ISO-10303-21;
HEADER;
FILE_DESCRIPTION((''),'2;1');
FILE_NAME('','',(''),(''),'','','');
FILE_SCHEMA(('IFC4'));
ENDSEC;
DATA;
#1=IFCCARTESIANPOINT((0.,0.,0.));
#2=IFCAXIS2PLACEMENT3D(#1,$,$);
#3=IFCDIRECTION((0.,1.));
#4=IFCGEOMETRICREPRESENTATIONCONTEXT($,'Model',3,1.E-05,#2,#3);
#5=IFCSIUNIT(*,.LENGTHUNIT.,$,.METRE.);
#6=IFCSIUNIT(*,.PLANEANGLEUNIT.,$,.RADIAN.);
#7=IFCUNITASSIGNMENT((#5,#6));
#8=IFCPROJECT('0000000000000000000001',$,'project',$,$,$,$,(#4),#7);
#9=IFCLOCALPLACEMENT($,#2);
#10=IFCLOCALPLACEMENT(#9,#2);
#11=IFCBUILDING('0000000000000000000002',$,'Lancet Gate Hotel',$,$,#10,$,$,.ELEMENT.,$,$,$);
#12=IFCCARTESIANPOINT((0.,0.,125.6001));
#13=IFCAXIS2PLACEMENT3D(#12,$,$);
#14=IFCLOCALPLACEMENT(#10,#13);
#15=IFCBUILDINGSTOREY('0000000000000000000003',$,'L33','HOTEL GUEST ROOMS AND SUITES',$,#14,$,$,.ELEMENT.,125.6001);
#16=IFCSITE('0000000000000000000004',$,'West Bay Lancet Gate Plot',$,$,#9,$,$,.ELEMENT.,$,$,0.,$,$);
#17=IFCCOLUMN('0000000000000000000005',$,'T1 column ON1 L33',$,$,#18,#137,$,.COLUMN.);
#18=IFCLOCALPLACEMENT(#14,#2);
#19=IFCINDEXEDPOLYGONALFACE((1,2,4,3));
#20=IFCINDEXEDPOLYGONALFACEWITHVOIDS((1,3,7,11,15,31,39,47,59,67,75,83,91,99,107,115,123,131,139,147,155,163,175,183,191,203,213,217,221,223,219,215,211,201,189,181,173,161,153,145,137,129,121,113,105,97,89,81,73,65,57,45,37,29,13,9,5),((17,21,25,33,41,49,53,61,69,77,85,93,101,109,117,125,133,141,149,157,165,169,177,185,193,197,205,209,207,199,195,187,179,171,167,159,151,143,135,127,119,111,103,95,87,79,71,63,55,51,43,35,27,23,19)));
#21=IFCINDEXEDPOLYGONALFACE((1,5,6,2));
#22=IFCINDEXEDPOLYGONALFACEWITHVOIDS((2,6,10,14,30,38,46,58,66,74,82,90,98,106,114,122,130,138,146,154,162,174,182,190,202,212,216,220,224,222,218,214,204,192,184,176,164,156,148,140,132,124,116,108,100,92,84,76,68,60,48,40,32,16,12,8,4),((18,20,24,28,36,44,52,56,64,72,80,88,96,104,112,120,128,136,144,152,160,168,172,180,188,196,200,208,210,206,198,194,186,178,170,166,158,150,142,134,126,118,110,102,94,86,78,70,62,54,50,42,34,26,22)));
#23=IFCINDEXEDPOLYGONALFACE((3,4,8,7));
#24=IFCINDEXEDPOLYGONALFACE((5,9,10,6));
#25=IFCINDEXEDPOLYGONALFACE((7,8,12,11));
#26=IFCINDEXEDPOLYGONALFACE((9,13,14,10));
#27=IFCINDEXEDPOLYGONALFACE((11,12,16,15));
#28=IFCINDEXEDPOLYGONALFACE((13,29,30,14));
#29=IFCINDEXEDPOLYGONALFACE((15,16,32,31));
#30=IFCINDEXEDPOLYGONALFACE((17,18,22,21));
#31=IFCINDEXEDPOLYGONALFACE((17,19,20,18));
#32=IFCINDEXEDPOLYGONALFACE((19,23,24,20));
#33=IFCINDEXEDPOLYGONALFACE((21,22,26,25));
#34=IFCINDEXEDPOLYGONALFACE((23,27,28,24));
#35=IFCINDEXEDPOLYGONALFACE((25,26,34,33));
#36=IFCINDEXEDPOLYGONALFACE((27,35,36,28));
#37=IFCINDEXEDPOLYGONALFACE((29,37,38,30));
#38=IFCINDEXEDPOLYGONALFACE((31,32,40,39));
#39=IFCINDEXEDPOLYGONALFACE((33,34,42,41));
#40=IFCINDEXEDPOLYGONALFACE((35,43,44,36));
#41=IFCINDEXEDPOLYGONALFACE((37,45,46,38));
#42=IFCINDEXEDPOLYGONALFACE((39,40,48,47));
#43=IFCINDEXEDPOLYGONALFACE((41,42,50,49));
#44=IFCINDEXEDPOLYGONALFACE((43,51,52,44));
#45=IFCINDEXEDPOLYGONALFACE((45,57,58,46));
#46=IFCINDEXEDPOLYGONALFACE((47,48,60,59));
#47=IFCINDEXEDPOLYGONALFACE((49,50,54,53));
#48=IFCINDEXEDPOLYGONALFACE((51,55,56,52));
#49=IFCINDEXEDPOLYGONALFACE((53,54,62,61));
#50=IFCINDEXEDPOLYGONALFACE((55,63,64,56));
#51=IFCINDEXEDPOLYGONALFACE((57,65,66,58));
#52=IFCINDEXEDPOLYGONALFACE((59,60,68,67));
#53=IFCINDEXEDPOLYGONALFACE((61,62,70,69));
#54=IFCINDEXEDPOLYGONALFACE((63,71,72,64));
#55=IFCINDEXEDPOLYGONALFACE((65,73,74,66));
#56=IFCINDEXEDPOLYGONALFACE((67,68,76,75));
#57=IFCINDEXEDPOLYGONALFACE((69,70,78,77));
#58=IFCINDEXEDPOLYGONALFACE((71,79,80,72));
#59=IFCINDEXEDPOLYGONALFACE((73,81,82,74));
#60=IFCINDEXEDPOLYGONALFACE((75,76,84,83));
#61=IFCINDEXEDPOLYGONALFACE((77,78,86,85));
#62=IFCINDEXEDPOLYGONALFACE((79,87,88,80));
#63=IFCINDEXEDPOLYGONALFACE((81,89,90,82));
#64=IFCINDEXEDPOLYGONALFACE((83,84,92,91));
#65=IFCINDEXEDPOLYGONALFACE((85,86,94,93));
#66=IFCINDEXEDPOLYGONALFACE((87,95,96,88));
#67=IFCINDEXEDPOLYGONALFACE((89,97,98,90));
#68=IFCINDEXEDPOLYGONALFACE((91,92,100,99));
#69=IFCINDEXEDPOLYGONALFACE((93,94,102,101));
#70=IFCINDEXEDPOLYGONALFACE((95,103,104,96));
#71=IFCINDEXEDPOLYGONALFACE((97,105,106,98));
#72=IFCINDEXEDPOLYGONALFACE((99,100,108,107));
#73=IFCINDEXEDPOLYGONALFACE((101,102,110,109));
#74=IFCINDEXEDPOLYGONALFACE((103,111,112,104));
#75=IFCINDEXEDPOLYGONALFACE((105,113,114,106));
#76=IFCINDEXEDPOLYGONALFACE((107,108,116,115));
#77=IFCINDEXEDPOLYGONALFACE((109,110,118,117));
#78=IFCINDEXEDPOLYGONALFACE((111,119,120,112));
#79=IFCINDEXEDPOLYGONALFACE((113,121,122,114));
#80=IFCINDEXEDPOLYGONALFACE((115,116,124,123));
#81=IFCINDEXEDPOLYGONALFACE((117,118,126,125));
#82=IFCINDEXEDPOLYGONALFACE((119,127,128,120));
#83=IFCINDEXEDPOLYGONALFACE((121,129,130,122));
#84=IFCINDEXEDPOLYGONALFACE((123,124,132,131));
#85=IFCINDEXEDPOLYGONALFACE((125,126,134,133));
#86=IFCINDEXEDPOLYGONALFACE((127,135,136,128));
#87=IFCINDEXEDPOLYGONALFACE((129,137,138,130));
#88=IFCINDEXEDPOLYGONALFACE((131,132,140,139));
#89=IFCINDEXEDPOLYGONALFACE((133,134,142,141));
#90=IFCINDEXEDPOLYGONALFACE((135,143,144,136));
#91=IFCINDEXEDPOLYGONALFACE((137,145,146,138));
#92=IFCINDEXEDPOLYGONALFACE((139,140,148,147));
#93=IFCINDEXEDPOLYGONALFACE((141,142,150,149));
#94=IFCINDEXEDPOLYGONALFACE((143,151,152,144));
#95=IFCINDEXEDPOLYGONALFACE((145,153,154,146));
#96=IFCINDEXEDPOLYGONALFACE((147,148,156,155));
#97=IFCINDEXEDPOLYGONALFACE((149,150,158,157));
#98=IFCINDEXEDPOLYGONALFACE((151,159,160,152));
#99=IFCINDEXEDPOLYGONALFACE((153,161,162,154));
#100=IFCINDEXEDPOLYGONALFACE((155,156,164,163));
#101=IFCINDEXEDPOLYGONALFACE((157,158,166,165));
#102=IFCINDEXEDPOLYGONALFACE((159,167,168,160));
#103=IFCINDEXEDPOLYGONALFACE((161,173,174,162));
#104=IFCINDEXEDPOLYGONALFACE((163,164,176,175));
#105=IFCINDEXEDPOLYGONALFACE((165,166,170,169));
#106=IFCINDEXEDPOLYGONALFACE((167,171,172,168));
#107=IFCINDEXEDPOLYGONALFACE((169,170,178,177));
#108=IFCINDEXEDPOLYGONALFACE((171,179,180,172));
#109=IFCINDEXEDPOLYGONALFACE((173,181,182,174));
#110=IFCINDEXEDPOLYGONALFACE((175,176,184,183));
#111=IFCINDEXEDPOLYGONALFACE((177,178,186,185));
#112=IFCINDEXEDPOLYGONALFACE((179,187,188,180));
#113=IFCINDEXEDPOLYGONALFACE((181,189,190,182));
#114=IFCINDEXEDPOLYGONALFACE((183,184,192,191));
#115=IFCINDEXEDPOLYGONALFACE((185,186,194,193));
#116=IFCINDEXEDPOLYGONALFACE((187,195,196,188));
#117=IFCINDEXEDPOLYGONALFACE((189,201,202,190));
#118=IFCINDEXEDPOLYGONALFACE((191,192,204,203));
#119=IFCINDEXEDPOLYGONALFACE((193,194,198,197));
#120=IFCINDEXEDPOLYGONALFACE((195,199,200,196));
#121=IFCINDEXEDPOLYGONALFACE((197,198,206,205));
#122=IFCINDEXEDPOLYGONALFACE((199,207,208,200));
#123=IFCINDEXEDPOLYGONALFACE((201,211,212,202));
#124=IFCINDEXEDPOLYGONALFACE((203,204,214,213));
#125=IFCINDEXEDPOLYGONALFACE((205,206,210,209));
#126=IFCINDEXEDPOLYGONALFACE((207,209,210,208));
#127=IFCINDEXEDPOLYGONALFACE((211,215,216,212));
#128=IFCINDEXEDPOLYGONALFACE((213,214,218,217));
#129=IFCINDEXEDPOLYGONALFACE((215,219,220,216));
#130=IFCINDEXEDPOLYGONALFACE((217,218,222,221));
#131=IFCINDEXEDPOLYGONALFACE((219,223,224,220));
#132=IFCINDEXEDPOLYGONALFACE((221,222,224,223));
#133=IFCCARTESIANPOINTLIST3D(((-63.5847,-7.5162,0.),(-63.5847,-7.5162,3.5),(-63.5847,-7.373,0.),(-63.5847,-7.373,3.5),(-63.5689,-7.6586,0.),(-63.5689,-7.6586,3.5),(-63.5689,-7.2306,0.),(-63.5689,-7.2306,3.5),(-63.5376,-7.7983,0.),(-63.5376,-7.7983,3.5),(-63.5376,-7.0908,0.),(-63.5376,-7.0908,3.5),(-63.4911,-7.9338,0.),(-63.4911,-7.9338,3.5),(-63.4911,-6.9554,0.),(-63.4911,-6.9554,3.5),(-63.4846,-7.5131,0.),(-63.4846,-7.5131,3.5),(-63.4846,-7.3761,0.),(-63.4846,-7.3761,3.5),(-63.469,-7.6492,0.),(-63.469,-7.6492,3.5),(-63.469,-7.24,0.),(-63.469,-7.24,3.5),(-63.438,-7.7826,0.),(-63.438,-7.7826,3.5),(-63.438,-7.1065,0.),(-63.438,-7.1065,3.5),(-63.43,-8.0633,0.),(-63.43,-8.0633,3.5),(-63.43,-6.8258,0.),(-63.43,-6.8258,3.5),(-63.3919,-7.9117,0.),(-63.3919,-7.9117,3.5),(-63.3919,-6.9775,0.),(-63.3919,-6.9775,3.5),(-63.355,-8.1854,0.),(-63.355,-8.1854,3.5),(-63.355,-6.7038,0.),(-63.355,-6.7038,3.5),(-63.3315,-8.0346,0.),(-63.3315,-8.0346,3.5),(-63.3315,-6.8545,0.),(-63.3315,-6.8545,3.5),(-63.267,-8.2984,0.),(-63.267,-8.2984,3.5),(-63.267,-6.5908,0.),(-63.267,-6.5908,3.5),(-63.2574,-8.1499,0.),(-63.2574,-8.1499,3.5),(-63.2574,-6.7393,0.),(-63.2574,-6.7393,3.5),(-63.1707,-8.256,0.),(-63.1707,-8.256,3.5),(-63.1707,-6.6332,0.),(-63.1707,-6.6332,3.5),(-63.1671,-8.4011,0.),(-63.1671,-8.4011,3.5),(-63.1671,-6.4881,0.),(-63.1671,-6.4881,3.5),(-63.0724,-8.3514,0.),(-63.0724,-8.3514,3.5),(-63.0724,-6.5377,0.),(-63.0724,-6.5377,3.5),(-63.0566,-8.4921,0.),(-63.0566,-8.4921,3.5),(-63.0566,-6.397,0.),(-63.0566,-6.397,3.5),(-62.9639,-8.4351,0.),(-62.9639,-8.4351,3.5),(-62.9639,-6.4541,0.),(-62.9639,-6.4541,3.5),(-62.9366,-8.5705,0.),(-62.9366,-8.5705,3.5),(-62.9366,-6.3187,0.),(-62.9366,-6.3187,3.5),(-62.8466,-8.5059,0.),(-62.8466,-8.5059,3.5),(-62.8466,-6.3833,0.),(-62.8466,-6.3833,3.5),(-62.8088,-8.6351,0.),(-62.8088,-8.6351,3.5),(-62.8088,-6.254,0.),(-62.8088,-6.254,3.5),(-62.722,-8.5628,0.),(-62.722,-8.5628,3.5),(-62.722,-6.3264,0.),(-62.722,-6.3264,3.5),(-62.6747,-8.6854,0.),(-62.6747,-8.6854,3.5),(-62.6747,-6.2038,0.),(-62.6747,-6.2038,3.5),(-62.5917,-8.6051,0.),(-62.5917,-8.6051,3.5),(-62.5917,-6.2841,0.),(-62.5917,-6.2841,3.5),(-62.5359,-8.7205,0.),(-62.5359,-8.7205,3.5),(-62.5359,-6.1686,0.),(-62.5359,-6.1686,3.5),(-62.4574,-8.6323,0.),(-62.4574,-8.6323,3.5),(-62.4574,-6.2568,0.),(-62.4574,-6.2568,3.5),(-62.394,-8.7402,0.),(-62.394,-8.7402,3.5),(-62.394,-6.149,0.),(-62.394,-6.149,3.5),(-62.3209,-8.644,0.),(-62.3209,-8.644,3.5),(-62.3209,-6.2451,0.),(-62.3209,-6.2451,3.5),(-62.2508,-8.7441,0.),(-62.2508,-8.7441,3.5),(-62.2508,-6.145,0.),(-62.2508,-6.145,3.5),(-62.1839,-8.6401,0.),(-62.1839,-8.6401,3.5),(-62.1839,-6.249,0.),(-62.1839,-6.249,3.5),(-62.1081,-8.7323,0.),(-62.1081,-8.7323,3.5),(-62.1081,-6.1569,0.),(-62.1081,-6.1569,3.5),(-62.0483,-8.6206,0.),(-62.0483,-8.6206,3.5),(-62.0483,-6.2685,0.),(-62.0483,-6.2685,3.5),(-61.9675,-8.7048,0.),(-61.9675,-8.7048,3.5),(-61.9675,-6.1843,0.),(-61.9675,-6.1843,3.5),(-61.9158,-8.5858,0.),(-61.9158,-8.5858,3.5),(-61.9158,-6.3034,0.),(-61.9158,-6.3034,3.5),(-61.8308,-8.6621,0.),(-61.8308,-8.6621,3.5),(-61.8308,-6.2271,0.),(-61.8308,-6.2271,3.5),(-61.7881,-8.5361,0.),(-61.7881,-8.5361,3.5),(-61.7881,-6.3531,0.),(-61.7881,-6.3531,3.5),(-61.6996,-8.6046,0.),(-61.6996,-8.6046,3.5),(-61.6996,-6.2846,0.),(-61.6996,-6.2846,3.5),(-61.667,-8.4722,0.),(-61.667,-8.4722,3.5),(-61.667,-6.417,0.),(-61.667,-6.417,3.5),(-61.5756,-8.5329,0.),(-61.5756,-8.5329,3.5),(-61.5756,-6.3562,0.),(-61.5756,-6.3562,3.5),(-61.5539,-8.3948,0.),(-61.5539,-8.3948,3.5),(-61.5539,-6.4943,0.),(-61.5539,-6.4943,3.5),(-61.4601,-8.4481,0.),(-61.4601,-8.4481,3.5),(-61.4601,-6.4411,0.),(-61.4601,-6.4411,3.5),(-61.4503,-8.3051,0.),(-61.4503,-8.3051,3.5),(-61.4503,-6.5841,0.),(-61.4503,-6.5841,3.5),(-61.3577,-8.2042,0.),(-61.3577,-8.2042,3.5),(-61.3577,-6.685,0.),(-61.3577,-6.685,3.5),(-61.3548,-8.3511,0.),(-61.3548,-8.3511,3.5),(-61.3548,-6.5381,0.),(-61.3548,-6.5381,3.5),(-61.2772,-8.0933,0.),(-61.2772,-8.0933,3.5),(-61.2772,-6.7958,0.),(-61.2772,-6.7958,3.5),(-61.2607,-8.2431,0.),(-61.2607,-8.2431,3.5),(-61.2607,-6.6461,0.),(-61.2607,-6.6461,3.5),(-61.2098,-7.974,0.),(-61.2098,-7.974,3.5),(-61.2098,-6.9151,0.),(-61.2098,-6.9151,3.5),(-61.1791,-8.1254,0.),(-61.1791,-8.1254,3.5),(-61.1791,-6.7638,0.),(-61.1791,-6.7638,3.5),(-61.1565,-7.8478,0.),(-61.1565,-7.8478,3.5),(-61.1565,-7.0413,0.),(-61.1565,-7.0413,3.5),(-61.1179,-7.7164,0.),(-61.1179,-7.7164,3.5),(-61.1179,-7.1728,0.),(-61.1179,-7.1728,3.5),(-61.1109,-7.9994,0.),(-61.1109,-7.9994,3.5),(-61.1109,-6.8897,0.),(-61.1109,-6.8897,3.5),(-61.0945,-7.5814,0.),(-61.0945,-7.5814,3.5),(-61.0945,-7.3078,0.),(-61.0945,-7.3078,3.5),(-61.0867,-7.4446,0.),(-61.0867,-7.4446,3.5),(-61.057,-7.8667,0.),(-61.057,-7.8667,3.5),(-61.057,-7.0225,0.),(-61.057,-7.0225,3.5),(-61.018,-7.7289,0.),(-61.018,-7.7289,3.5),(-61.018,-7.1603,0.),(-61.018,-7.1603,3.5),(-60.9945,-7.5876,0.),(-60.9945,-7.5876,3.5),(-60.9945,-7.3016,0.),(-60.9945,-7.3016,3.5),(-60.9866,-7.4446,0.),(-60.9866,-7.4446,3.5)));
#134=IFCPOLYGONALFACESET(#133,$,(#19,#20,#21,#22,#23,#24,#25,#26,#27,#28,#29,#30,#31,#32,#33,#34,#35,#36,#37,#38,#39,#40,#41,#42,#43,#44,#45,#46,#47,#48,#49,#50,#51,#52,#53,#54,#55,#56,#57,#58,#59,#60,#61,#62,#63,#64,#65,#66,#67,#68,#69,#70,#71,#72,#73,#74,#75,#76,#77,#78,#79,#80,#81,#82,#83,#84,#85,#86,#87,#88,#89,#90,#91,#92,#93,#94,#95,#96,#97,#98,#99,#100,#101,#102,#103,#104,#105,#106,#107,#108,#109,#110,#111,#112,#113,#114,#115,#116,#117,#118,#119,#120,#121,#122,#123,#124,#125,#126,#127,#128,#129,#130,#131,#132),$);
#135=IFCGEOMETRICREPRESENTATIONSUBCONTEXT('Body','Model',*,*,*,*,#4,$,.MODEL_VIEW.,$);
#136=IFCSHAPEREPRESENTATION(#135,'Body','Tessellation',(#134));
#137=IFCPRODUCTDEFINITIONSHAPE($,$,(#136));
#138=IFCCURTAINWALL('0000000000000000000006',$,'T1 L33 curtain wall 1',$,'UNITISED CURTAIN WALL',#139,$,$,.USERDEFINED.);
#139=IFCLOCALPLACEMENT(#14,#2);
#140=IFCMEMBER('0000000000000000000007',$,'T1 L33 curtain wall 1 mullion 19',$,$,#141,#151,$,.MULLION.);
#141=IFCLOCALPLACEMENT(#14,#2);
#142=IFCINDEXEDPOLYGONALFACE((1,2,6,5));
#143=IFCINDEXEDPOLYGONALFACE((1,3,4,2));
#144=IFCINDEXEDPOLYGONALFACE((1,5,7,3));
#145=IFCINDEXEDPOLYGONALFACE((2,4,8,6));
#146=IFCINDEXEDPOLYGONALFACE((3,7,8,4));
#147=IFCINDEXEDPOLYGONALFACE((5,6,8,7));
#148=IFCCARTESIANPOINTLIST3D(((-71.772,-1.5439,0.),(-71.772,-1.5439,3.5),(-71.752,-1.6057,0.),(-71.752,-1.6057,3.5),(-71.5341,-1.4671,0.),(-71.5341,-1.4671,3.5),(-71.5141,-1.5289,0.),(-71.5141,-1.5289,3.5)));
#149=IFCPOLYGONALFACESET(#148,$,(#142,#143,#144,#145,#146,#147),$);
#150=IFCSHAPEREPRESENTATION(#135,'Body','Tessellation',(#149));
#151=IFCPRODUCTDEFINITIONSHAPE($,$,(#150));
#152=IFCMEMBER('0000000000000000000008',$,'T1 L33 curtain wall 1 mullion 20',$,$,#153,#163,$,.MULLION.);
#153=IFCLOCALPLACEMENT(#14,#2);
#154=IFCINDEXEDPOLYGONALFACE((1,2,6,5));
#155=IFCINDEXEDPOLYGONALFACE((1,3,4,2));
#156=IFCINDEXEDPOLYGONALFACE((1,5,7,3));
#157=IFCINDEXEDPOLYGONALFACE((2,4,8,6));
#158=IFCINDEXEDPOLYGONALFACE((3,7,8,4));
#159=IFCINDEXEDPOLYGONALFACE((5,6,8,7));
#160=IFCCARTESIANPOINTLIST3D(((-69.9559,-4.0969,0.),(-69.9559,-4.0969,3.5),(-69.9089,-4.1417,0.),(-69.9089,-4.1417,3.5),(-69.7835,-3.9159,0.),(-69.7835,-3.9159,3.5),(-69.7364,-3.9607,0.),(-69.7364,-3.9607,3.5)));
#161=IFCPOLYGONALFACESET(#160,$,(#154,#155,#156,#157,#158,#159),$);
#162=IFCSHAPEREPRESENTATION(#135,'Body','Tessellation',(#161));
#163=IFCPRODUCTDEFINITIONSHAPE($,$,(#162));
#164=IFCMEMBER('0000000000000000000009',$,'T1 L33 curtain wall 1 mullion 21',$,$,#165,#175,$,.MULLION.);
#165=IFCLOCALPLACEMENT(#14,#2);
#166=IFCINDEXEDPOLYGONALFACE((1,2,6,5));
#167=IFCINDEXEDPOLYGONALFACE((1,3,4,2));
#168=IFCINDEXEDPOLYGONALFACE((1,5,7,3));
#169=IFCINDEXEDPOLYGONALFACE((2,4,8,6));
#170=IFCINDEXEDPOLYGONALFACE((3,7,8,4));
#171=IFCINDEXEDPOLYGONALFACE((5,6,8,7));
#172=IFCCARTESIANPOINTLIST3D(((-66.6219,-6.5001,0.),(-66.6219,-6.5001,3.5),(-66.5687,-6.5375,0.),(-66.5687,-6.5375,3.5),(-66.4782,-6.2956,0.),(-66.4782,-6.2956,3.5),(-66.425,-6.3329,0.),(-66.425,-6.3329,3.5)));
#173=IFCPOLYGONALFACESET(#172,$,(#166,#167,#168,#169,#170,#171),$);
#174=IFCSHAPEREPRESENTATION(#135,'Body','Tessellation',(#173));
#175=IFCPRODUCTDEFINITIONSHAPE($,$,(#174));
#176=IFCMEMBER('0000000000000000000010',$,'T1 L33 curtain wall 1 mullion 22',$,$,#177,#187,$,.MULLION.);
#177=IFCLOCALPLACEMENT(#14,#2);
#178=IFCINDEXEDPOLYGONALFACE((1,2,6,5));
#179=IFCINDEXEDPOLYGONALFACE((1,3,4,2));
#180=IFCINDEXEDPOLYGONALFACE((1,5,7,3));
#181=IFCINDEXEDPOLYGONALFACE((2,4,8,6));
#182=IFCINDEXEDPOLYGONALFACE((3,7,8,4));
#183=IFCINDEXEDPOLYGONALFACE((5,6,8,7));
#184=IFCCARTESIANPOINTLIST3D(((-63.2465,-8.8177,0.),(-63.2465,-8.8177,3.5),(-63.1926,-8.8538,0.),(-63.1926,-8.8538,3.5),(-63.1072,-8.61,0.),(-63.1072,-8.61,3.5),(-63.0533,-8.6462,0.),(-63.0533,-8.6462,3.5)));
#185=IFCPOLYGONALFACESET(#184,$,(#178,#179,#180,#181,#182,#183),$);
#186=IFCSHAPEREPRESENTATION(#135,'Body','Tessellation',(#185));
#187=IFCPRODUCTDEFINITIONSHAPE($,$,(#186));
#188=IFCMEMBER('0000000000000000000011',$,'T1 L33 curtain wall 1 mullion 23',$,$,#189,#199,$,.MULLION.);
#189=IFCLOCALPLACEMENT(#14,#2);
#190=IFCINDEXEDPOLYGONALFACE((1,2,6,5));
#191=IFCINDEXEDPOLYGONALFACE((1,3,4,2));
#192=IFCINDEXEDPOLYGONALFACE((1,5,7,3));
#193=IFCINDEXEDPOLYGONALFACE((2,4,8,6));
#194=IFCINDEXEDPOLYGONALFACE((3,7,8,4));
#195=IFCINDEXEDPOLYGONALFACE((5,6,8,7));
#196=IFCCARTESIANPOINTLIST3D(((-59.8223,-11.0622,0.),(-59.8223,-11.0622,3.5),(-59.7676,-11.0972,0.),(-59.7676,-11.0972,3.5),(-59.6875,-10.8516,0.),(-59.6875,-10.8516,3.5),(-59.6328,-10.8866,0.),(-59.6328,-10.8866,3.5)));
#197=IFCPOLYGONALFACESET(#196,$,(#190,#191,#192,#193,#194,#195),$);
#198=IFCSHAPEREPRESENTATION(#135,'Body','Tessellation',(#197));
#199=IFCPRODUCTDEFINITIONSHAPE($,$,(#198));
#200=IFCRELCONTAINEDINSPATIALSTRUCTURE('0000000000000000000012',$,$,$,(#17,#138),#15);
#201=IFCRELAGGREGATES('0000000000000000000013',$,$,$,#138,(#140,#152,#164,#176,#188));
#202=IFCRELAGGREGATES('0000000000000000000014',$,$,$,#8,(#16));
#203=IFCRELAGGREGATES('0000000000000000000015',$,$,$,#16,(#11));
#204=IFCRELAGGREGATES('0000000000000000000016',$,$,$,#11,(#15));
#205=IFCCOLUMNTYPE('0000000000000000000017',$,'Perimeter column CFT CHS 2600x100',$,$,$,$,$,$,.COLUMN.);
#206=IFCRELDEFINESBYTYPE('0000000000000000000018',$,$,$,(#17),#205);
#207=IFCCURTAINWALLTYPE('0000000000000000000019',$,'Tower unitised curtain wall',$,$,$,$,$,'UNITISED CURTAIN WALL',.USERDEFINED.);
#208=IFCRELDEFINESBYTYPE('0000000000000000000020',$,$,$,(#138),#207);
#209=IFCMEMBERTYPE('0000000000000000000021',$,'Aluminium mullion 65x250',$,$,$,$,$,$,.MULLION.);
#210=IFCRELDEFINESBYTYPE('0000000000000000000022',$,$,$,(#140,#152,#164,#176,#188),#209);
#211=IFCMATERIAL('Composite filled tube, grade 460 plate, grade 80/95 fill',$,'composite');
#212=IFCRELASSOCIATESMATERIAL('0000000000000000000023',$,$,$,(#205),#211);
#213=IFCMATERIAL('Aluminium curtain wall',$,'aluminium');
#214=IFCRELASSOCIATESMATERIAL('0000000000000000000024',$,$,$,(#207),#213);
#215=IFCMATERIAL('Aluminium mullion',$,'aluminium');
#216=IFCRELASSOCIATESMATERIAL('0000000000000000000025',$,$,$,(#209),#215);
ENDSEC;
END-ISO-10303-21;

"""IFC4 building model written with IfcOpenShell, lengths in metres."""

from ifc_helpers import new_model, si_unit, direction, frame, origin, origin_2d, place, context, subcontext, project, spatial, rectangle, hollow_circle, extrude, material, material_profile, profile_set, type_object, element, aggregate, save


model = new_model("IFC4")

# Units and contexts
model_context = context("Model", 3, precision=1e-05, world=origin(), true_north=direction((0.0, 1.0)))
body_context = subcontext(model_context, "Body", "Model", "MODEL_VIEW")
ifc_project = project(units=[si_unit("LENGTHUNIT", "METRE"), si_unit("PLANEANGLEUNIT", "RADIAN")], contexts=[model_context])

# Site, building, storey
site_placement = place(None, origin())
site = spatial("IfcSite", under=ifc_project, at=site_placement, Name="West Bay Lancet Gate Plot", CompositionType="ELEMENT", RefElevation=0.0)
building_placement = place(site_placement, origin())
building = spatial("IfcBuilding", under=site, at=building_placement, Name="Lancet Gate Hotel", CompositionType="ELEMENT")
storey_placement = place(building_placement, frame((0.0, 0.0, 125.6001)))
storey = spatial("IfcBuildingStorey", under=building, at=storey_placement, Name="L33", Description="HOTEL GUEST ROOMS AND SUITES", CompositionType="ELEMENT", Elevation=125.6001)

# Column
ifc_material_1 = material(Name="Composite filled tube, grade 460 plate, grade 80/95 fill", Category="composite")
ifc_material_profile_1 = material_profile(ifc_material_1, hollow_circle(Radius=1.3, WallThickness=0.1001, at=origin_2d()), Name="CHS 2600x100")
ifc_profile_set_1 = profile_set([ifc_material_profile_1], Name="Composite filled tube, grade 460 plate, grade 80/95 fill")
column_type_1 = type_object("IfcColumnType", Name="Perimeter column CFT CHS 2600x100", PredefinedType="COLUMN", material=ifc_profile_set_1)
column_1_placement = place(storey_placement, frame((-62.2866, -7.4446, 0.0), z_axis=(0.0, 0.0, 1.0), x_axis=(1.0, 0.0, 0.0)))
element("IfcColumn", 1, at=column_1_placement, inside=storey, type_object=column_type_1, Name="T1 column ON1 L33", PredefinedType="COLUMN", context=body_context, shape_type="SweptSolid", body=[
    extrude(hollow_circle(Radius=1.3, WallThickness=0.1001, at=origin_2d()), origin(), (0.0, 0.0, 1.0), 3.5),
])

# Curtain wall, members
ifc_material_2 = material(Name="Aluminium curtain wall", Category="aluminium")
curtain_wall_type = type_object("IfcCurtainWallType", Name="Tower unitised curtain wall", ElementType="UNITISED CURTAIN WALL", PredefinedType="USERDEFINED", material=ifc_material_2)
curtain_wall_placement = place(storey_placement, origin())
curtain_wall = element("IfcCurtainWall", 2, at=curtain_wall_placement, inside=storey, type_object=curtain_wall_type, Name="T1 L33 curtain wall 1", ObjectType="UNITISED CURTAIN WALL", PredefinedType="USERDEFINED")
ifc_material_3 = material(Name="Aluminium mullion", Category="aluminium")
ifc_material_profile_2 = material_profile(ifc_material_3, rectangle(XDim=0.0649, YDim=0.25, at=origin_2d()), Name="MULLION 65x250")
ifc_profile_set_2 = profile_set([ifc_material_profile_2], Name="Aluminium mullion")
member_type_1 = type_object("IfcMemberType", Name="Aluminium mullion 65x250", PredefinedType="MULLION", material=ifc_profile_set_2)
member_1_placement = place(storey_placement, frame((-71.6431, -1.5364, 0.0), z_axis=(0.0, 0.0, 1.0), x_axis=(0.307269, -0.951623, 0.0)))
member_1 = element("IfcMember", 3, at=member_1_placement, type_object=member_type_1, Name="T1 L33 curtain wall 1 mullion 19", PredefinedType="MULLION", context=body_context, shape_type="SweptSolid", body=[
    extrude(rectangle(XDim=0.0649, YDim=0.25, at=origin_2d()), origin(), (0.0, 0.0, 1.0), 3.5),
])
member_2_placement = place(storey_placement, frame((-69.8462, -4.0288, 0.0), z_axis=(0.0, 0.0, 1.0), x_axis=(0.723846, -0.689961, 0.0)))
member_2 = element("IfcMember", 4, at=member_2_placement, type_object=member_type_1, Name="T1 L33 curtain wall 1 mullion 20", PredefinedType="MULLION", context=body_context, shape_type="SweptSolid", body=[
    extrude(rectangle(XDim=0.0649, YDim=0.25, at=origin_2d()), origin(), (0.0, 0.0, 1.0), 3.5),
])
member_3_placement = place(storey_placement, frame((-66.5234, -6.4165, 0.0), z_axis=(0.0, 0.0, 1.0), x_axis=(0.818327, -0.574753, 0.0)))
member_3 = element("IfcMember", 5, at=member_3_placement, type_object=member_type_1, Name="T1 L33 curtain wall 1 mullion 21", PredefinedType="MULLION", context=body_context, shape_type="SweptSolid", body=[
    extrude(rectangle(XDim=0.0649, YDim=0.25, at=origin_2d()), origin(), (0.0, 0.0, 1.0), 3.5),
])
member_4_placement = place(storey_placement, frame((-63.1499, -8.7319, 0.0), z_axis=(0.0, 0.0, 1.0), x_axis=(0.83051, -0.557004, 0.0)))
member_4 = element("IfcMember", 6, at=member_4_placement, type_object=member_type_1, Name="T1 L33 curtain wall 1 mullion 22", PredefinedType="MULLION", context=body_context, shape_type="SweptSolid", body=[
    extrude(rectangle(XDim=0.0649, YDim=0.25, at=origin_2d()), origin(), (0.0, 0.0, 1.0), 3.5),
])
member_5_placement = place(storey_placement, frame((-59.7275, -10.9744, 0.0), z_axis=(0.0, 0.0, 1.0), x_axis=(0.842308, -0.538996, 0.0)))
member_5 = element("IfcMember", 7, at=member_5_placement, type_object=member_type_1, Name="T1 L33 curtain wall 1 mullion 23", PredefinedType="MULLION", context=body_context, shape_type="SweptSolid", body=[
    extrude(rectangle(XDim=0.0649, YDim=0.25, at=origin_2d()), origin(), (0.0, 0.0, 1.0), 3.5),
])

aggregate(curtain_wall, [member_1, member_2, member_3, member_4, member_5])

save(model, "model.ifc")
